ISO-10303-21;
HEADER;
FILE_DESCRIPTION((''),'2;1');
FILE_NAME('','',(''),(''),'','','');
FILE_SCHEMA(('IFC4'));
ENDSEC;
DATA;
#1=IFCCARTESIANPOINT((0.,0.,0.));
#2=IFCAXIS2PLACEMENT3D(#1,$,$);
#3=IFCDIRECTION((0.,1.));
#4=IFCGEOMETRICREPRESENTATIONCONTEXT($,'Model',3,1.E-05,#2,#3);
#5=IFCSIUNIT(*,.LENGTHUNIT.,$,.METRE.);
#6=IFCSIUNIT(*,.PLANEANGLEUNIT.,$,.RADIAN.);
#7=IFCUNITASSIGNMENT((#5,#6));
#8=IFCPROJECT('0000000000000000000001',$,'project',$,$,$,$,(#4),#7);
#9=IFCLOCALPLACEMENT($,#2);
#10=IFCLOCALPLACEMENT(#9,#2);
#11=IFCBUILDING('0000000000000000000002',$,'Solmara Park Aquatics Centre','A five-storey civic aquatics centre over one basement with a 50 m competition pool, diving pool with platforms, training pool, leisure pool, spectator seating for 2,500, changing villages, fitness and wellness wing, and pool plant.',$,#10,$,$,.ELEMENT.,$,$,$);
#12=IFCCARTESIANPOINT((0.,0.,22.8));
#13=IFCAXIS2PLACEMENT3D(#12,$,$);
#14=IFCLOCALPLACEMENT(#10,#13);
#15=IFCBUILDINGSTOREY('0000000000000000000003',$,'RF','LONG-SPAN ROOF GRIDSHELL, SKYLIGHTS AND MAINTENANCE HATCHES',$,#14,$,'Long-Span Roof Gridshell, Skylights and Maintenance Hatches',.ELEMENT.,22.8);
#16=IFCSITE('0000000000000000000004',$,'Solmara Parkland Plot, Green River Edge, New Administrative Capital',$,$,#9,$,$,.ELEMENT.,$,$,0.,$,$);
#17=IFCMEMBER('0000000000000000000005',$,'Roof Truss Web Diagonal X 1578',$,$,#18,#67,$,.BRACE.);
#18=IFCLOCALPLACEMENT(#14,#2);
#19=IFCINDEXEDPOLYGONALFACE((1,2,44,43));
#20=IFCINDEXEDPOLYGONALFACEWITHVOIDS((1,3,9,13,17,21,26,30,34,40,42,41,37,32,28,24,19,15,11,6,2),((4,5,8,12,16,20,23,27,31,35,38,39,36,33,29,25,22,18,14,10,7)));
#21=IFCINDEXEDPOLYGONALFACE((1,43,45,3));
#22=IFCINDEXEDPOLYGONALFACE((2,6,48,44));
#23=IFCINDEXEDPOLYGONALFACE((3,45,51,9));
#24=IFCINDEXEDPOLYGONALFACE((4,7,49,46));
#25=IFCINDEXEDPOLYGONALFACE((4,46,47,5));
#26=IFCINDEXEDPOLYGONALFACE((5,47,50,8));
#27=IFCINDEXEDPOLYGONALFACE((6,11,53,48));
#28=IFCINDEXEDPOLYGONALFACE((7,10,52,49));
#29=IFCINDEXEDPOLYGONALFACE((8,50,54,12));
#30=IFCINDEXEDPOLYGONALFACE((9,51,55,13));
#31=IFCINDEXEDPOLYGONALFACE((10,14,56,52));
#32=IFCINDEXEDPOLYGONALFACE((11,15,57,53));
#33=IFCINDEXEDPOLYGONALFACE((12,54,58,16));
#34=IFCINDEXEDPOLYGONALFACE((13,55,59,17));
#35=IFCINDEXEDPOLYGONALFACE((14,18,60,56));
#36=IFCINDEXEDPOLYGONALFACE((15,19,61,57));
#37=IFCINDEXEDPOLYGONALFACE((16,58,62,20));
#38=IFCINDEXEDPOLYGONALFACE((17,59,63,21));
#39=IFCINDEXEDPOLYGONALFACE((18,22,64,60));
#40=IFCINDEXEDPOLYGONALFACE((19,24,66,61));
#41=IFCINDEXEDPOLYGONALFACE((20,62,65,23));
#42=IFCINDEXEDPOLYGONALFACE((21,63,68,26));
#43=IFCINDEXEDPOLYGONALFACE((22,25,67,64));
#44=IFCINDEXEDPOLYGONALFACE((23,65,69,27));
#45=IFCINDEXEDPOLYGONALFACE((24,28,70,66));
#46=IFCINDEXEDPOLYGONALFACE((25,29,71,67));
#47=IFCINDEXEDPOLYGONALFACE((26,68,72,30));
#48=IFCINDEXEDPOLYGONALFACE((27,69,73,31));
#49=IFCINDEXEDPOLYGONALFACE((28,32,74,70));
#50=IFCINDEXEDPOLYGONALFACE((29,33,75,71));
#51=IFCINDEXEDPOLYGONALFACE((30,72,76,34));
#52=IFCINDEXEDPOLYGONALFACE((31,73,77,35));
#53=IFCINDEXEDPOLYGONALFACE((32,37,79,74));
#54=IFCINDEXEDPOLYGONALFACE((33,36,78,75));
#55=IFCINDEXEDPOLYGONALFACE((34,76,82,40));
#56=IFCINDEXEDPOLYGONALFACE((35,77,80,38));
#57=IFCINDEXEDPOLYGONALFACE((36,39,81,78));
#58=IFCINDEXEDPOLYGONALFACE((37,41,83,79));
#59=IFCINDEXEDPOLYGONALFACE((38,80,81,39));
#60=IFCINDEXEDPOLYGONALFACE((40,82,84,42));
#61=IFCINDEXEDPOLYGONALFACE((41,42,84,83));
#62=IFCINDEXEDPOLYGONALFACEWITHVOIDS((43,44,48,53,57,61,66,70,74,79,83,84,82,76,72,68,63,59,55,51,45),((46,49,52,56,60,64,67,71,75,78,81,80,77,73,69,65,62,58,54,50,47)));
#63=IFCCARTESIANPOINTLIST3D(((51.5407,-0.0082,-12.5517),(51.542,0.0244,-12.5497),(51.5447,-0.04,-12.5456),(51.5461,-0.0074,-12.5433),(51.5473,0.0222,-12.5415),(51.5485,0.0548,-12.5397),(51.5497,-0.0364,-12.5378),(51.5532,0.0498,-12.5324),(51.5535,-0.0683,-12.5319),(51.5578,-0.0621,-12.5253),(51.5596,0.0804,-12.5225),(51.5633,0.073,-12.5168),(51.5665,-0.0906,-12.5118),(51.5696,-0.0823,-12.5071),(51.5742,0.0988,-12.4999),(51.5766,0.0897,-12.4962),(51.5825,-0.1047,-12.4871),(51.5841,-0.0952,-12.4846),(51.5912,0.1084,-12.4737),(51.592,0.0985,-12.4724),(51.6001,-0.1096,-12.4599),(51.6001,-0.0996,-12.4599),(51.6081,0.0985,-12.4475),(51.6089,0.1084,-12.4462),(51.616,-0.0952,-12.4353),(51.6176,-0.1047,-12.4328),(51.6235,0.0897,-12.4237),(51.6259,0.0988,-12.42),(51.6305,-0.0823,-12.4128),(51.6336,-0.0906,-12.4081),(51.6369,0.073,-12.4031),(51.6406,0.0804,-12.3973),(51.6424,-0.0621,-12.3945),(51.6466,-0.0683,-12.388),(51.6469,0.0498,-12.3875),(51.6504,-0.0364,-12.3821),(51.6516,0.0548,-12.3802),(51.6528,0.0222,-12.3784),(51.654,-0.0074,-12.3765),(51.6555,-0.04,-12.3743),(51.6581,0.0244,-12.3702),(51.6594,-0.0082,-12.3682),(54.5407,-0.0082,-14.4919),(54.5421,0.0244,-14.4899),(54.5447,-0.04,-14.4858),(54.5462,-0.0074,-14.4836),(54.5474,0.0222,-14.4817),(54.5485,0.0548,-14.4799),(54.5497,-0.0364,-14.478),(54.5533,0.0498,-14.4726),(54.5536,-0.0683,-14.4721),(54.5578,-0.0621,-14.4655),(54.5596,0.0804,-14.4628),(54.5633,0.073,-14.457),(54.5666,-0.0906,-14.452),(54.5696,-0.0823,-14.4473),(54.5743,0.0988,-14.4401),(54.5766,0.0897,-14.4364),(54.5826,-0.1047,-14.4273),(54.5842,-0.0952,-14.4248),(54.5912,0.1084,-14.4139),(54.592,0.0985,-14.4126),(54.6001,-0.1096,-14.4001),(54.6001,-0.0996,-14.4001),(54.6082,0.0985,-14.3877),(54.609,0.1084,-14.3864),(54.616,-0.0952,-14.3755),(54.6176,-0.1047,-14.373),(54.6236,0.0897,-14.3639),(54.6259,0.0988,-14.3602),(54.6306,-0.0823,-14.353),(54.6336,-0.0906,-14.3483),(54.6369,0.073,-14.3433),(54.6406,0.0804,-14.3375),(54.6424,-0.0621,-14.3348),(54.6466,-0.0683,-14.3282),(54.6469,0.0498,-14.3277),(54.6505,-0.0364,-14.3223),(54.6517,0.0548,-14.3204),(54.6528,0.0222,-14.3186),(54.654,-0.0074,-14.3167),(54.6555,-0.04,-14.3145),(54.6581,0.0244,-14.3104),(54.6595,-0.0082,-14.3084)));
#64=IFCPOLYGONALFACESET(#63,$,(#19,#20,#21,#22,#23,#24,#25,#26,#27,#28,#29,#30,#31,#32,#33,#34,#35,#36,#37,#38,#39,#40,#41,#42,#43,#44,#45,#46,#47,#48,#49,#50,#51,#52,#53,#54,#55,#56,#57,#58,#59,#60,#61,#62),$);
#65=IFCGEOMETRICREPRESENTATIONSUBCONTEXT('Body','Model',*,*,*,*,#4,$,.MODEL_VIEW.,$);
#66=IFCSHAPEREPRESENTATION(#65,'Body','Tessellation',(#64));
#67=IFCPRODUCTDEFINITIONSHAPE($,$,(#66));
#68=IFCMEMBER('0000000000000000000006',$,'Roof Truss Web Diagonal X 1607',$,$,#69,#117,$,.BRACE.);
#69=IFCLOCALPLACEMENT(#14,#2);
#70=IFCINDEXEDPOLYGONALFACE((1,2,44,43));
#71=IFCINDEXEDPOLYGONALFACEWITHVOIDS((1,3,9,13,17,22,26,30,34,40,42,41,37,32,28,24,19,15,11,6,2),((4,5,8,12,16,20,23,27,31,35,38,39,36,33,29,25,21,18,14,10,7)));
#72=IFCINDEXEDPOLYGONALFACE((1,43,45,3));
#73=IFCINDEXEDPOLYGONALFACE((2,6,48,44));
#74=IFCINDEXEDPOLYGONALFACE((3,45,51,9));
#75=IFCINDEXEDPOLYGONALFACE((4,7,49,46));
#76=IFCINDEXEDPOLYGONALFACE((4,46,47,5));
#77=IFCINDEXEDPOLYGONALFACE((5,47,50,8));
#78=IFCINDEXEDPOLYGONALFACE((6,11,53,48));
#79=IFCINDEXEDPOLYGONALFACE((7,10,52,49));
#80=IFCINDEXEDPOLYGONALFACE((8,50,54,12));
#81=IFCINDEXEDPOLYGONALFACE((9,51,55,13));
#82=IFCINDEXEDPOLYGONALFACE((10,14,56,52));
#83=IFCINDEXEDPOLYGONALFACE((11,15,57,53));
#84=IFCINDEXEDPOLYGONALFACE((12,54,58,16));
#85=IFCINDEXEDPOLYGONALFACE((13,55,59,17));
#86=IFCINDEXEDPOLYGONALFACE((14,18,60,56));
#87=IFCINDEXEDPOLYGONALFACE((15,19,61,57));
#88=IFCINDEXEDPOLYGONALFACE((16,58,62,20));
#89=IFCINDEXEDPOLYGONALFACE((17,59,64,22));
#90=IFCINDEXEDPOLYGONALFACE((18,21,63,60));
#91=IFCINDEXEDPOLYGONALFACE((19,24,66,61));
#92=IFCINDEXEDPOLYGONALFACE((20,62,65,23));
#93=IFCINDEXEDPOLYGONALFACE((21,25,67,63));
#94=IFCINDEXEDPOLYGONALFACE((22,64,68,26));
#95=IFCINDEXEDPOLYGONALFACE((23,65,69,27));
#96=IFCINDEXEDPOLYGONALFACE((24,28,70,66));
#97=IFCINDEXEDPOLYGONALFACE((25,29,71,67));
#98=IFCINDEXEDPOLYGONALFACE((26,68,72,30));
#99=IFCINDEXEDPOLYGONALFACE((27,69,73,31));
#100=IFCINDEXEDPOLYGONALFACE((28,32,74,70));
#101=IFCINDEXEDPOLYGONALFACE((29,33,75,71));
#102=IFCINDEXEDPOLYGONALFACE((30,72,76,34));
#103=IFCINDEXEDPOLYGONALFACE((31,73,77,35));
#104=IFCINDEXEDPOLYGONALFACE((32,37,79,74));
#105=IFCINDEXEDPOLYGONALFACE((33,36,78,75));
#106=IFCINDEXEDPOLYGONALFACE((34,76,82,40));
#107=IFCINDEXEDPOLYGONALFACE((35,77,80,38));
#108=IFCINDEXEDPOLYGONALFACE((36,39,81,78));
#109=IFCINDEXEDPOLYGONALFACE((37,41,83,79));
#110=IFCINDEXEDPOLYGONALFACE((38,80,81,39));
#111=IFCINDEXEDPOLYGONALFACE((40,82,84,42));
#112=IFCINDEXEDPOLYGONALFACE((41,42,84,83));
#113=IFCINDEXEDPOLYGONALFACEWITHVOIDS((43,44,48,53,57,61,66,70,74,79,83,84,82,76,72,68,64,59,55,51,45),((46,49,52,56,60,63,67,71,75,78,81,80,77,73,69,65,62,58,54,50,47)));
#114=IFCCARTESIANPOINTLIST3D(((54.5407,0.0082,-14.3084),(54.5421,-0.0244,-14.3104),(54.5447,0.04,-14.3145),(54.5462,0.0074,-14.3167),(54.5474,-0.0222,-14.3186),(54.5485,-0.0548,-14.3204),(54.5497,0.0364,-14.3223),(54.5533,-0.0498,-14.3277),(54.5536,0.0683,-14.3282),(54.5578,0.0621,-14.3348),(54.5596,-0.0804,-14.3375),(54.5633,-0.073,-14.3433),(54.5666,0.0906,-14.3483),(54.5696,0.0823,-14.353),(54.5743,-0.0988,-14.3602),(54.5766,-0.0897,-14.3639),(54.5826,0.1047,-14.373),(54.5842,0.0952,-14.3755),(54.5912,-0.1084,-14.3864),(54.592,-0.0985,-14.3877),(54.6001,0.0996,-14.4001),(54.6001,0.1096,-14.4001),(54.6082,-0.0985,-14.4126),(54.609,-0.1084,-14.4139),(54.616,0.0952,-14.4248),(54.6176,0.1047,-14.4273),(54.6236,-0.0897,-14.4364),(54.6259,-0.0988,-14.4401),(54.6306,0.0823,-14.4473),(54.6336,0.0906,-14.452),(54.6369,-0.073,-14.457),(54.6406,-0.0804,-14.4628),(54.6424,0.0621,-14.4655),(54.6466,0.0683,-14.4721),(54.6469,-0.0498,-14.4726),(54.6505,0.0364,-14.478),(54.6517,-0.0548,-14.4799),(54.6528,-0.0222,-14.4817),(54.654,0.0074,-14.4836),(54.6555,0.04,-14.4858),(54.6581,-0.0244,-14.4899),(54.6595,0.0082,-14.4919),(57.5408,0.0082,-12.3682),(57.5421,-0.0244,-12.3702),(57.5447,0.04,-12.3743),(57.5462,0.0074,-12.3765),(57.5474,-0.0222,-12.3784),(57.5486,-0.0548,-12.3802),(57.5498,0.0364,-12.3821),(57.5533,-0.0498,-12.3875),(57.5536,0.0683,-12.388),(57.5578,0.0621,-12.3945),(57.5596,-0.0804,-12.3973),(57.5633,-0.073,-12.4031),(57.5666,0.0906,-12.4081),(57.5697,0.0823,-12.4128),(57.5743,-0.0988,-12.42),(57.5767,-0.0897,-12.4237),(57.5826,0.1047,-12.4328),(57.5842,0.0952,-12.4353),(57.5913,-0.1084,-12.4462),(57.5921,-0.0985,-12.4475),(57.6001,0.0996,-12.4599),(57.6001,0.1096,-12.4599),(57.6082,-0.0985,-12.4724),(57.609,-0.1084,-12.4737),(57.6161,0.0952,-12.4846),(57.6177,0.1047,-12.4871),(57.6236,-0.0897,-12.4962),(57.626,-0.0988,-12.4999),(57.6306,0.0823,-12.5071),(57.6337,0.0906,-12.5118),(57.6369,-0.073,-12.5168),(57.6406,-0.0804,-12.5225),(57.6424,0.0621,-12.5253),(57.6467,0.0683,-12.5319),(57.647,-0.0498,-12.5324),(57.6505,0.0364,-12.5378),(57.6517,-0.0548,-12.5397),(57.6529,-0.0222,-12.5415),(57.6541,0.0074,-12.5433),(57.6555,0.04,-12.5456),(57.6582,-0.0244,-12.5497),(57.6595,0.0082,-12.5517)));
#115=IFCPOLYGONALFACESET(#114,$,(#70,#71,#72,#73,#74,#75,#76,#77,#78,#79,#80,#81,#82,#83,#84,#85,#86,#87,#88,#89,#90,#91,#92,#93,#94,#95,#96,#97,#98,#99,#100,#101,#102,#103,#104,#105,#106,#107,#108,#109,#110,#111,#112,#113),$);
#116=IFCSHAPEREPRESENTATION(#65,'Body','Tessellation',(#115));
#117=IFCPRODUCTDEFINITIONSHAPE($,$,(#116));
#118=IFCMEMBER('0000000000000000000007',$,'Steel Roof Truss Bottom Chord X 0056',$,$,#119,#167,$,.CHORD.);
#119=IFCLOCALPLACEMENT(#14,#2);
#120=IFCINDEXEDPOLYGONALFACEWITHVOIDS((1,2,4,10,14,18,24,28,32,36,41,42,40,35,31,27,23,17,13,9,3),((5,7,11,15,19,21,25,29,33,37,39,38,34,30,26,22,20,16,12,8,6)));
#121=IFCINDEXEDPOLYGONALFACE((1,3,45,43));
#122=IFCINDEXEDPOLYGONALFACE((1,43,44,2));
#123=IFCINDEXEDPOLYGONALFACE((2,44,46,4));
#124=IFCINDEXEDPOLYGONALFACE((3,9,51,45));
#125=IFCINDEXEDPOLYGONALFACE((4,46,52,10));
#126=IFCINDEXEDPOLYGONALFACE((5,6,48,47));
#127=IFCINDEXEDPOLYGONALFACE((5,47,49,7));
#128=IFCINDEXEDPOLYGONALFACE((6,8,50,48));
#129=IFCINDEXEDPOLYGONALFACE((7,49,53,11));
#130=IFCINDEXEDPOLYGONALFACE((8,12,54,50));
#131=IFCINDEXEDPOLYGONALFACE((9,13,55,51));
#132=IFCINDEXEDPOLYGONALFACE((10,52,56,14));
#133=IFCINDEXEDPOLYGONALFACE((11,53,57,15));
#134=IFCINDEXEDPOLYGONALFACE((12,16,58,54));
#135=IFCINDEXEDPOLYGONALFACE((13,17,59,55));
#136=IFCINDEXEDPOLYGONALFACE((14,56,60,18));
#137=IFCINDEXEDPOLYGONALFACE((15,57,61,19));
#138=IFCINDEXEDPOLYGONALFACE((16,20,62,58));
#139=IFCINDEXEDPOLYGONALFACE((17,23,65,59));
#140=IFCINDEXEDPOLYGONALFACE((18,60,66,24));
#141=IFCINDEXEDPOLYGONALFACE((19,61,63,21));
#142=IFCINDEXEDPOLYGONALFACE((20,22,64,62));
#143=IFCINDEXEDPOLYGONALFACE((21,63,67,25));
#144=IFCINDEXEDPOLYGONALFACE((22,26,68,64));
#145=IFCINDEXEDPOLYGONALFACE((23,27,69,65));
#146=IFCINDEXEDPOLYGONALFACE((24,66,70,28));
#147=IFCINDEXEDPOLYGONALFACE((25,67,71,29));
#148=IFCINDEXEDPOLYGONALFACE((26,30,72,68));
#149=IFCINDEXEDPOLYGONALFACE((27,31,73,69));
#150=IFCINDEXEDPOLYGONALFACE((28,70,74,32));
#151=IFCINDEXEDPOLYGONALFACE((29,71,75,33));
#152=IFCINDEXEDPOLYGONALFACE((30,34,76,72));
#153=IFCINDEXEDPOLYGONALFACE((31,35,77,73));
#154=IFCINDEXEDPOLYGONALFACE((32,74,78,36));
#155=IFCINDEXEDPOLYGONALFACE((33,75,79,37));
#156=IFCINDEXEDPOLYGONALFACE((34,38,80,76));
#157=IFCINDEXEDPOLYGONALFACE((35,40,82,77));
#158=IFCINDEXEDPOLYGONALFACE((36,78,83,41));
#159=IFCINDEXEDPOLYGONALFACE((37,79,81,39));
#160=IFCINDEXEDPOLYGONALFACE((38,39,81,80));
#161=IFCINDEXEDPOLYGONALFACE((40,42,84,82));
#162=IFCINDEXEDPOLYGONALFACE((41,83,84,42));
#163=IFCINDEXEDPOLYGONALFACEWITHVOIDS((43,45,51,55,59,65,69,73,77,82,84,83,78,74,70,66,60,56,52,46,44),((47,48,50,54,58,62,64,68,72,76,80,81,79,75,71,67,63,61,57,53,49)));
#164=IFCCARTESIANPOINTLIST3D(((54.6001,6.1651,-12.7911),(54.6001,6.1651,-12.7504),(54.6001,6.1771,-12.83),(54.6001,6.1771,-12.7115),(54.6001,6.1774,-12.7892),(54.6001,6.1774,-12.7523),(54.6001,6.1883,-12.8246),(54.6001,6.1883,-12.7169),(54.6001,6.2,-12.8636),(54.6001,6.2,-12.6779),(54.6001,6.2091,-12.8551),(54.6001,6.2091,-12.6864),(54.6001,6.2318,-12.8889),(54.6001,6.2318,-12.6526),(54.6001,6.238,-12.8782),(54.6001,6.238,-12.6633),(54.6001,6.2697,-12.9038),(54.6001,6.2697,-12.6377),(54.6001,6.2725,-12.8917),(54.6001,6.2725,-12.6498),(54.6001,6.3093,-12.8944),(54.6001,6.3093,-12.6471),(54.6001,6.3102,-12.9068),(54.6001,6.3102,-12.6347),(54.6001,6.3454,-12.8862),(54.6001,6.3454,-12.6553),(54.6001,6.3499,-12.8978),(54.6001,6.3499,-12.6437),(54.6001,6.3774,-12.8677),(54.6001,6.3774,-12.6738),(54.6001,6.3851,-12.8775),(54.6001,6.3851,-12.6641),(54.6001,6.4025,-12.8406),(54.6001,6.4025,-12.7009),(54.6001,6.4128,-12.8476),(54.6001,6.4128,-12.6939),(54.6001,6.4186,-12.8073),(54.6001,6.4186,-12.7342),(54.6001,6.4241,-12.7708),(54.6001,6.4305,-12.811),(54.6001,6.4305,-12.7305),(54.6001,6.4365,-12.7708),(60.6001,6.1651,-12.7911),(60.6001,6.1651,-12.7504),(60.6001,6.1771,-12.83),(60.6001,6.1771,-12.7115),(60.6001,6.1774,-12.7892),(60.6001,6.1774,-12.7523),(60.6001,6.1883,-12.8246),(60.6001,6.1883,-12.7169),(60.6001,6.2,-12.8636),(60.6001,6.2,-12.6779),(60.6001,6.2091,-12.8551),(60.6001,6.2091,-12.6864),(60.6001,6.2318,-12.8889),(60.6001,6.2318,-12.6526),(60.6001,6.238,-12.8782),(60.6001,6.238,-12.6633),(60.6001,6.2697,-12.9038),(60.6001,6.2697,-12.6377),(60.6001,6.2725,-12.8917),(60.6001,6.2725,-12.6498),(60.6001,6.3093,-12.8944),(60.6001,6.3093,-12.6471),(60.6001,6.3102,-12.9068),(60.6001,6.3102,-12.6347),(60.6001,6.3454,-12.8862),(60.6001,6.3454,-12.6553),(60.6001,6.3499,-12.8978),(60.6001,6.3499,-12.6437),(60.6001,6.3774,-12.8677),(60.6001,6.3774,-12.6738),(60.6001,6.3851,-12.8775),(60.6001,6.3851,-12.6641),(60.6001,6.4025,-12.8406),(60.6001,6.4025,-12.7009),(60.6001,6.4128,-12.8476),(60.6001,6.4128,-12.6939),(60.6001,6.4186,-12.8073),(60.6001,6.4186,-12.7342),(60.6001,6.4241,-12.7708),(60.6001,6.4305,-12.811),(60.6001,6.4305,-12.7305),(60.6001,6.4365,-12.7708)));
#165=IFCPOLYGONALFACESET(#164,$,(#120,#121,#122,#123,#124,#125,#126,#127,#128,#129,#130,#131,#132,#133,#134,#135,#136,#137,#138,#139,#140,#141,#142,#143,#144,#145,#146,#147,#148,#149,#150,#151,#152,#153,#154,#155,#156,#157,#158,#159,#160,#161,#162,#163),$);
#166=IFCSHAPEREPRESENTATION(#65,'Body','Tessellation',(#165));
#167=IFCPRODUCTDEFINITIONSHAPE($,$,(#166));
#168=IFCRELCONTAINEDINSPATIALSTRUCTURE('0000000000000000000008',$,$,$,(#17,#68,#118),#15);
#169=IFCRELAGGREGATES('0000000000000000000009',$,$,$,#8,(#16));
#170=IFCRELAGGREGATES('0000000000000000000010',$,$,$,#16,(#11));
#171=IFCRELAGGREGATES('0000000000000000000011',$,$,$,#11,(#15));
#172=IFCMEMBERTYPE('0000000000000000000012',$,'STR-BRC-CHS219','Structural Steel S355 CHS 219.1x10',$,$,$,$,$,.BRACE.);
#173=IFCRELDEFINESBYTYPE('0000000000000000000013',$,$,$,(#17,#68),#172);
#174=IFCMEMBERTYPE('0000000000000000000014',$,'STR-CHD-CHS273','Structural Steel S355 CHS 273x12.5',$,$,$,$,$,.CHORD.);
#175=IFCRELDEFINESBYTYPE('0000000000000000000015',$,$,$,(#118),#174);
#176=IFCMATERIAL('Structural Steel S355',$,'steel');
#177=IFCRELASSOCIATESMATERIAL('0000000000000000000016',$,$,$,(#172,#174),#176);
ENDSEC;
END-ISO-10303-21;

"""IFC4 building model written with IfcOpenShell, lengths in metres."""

from ifc_helpers import new_model, si_unit, direction, frame, origin, origin_2d, place, context, subcontext, project, spatial, hollow_circle, extrude, material, material_profile, profile_set, type_object, element, save


model = new_model("IFC4")

# Units and contexts
model_context = context("Model", 3, precision=1e-05, world=origin(), true_north=direction((0.0, 1.0)))
body_context = subcontext(model_context, "Body", "Model", "MODEL_VIEW")
ifc_project = project(units=[si_unit("LENGTHUNIT", "METRE"), si_unit("PLANEANGLEUNIT", "RADIAN")], contexts=[model_context])

# Site, building, storey
site_placement = place(None, origin())
site = spatial("IfcSite", under=ifc_project, at=site_placement, Name="Solmara Parkland Plot, Green River Edge, New Administrative Capital", CompositionType="ELEMENT", RefElevation=0.0)
building_placement = place(site_placement, origin())
building = spatial("IfcBuilding", under=site, at=building_placement, Name="Solmara Park Aquatics Centre", Description="A five-storey civic aquatics centre over one basement with a 50 m competition pool, diving pool with platforms, training pool, leisure pool, spectator seating for 2,500, changing villages, fitness and wellness wing, and pool plant.", CompositionType="ELEMENT")
storey_placement = place(building_placement, frame((0.0, 0.0, 22.8)))
storey = spatial("IfcBuildingStorey", under=building, at=storey_placement, Name="RF", Description="LONG-SPAN ROOF GRIDSHELL, SKYLIGHTS AND MAINTENANCE HATCHES", LongName="Long-Span Roof Gridshell, Skylights and Maintenance Hatches", CompositionType="ELEMENT", Elevation=22.8)

# Members
ifc_material_1 = material(Name="Structural Steel S355", Category="steel")
ifc_material_profile_1 = material_profile(ifc_material_1, hollow_circle(Radius=0.1096, WallThickness=0.01, at=origin_2d()), Name="CHS 219.1x10")
ifc_profile_set_1 = profile_set([ifc_material_profile_1], Name="Structural Steel S355")
member_type_1 = type_object("IfcMemberType", Name="STR-BRC-CHS219", Description="Structural Steel S355 CHS 219.1x10", PredefinedType="BRACE", material=ifc_profile_set_1)
for number, where, z_axis, x_axis, name in (
    (1, (54.6001, 0.0, -14.4001), (-0.839697, 0.0, 0.543056), (0.0, -1.0, 0.0), "Roof Truss Web Diagonal X 1578"),
    (2, (54.6001, 0.0, -14.4001), (0.839697, 0.0, 0.543056), (0.0, 1.0, 0.0), "Roof Truss Web Diagonal X 1607"),
):
    element("IfcMember", number, at=place(storey_placement, frame(where, z_axis=z_axis, x_axis=x_axis)), inside=storey, type_object=member_type_1, Name=name, PredefinedType="BRACE", context=body_context, shape_type="SweptSolid", body=[
        extrude(hollow_circle(Radius=0.1096, WallThickness=0.01, at=origin_2d()), origin(), (0.0, 0.0, 1.0), 3.5728),
    ])
ifc_material_profile_2 = material_profile(ifc_material_1, hollow_circle(Radius=0.1365, WallThickness=0.0125, at=origin_2d()), Name="CHS 273x12.5")
ifc_profile_set_2 = profile_set([ifc_material_profile_2], Name="Structural Steel S355")
member_type_2 = type_object("IfcMemberType", Name="STR-CHD-CHS273", Description="Structural Steel S355 CHS 273x12.5", PredefinedType="CHORD", material=ifc_profile_set_2)
member_1_placement = place(storey_placement, frame((54.6001, 6.3, -12.7708), z_axis=(1.0, 0.0, 0.0), x_axis=(0.0, 1.0, 0.0)))
element("IfcMember", 3, at=member_1_placement, inside=storey, type_object=member_type_2, Name="Steel Roof Truss Bottom Chord X 0056", PredefinedType="CHORD", context=body_context, shape_type="SweptSolid", body=[
    extrude(hollow_circle(Radius=0.1365, WallThickness=0.0125, at=origin_2d()), origin(), (0.0, 0.0, 1.0), 6.0),
])

save(model, "model.ifc")
